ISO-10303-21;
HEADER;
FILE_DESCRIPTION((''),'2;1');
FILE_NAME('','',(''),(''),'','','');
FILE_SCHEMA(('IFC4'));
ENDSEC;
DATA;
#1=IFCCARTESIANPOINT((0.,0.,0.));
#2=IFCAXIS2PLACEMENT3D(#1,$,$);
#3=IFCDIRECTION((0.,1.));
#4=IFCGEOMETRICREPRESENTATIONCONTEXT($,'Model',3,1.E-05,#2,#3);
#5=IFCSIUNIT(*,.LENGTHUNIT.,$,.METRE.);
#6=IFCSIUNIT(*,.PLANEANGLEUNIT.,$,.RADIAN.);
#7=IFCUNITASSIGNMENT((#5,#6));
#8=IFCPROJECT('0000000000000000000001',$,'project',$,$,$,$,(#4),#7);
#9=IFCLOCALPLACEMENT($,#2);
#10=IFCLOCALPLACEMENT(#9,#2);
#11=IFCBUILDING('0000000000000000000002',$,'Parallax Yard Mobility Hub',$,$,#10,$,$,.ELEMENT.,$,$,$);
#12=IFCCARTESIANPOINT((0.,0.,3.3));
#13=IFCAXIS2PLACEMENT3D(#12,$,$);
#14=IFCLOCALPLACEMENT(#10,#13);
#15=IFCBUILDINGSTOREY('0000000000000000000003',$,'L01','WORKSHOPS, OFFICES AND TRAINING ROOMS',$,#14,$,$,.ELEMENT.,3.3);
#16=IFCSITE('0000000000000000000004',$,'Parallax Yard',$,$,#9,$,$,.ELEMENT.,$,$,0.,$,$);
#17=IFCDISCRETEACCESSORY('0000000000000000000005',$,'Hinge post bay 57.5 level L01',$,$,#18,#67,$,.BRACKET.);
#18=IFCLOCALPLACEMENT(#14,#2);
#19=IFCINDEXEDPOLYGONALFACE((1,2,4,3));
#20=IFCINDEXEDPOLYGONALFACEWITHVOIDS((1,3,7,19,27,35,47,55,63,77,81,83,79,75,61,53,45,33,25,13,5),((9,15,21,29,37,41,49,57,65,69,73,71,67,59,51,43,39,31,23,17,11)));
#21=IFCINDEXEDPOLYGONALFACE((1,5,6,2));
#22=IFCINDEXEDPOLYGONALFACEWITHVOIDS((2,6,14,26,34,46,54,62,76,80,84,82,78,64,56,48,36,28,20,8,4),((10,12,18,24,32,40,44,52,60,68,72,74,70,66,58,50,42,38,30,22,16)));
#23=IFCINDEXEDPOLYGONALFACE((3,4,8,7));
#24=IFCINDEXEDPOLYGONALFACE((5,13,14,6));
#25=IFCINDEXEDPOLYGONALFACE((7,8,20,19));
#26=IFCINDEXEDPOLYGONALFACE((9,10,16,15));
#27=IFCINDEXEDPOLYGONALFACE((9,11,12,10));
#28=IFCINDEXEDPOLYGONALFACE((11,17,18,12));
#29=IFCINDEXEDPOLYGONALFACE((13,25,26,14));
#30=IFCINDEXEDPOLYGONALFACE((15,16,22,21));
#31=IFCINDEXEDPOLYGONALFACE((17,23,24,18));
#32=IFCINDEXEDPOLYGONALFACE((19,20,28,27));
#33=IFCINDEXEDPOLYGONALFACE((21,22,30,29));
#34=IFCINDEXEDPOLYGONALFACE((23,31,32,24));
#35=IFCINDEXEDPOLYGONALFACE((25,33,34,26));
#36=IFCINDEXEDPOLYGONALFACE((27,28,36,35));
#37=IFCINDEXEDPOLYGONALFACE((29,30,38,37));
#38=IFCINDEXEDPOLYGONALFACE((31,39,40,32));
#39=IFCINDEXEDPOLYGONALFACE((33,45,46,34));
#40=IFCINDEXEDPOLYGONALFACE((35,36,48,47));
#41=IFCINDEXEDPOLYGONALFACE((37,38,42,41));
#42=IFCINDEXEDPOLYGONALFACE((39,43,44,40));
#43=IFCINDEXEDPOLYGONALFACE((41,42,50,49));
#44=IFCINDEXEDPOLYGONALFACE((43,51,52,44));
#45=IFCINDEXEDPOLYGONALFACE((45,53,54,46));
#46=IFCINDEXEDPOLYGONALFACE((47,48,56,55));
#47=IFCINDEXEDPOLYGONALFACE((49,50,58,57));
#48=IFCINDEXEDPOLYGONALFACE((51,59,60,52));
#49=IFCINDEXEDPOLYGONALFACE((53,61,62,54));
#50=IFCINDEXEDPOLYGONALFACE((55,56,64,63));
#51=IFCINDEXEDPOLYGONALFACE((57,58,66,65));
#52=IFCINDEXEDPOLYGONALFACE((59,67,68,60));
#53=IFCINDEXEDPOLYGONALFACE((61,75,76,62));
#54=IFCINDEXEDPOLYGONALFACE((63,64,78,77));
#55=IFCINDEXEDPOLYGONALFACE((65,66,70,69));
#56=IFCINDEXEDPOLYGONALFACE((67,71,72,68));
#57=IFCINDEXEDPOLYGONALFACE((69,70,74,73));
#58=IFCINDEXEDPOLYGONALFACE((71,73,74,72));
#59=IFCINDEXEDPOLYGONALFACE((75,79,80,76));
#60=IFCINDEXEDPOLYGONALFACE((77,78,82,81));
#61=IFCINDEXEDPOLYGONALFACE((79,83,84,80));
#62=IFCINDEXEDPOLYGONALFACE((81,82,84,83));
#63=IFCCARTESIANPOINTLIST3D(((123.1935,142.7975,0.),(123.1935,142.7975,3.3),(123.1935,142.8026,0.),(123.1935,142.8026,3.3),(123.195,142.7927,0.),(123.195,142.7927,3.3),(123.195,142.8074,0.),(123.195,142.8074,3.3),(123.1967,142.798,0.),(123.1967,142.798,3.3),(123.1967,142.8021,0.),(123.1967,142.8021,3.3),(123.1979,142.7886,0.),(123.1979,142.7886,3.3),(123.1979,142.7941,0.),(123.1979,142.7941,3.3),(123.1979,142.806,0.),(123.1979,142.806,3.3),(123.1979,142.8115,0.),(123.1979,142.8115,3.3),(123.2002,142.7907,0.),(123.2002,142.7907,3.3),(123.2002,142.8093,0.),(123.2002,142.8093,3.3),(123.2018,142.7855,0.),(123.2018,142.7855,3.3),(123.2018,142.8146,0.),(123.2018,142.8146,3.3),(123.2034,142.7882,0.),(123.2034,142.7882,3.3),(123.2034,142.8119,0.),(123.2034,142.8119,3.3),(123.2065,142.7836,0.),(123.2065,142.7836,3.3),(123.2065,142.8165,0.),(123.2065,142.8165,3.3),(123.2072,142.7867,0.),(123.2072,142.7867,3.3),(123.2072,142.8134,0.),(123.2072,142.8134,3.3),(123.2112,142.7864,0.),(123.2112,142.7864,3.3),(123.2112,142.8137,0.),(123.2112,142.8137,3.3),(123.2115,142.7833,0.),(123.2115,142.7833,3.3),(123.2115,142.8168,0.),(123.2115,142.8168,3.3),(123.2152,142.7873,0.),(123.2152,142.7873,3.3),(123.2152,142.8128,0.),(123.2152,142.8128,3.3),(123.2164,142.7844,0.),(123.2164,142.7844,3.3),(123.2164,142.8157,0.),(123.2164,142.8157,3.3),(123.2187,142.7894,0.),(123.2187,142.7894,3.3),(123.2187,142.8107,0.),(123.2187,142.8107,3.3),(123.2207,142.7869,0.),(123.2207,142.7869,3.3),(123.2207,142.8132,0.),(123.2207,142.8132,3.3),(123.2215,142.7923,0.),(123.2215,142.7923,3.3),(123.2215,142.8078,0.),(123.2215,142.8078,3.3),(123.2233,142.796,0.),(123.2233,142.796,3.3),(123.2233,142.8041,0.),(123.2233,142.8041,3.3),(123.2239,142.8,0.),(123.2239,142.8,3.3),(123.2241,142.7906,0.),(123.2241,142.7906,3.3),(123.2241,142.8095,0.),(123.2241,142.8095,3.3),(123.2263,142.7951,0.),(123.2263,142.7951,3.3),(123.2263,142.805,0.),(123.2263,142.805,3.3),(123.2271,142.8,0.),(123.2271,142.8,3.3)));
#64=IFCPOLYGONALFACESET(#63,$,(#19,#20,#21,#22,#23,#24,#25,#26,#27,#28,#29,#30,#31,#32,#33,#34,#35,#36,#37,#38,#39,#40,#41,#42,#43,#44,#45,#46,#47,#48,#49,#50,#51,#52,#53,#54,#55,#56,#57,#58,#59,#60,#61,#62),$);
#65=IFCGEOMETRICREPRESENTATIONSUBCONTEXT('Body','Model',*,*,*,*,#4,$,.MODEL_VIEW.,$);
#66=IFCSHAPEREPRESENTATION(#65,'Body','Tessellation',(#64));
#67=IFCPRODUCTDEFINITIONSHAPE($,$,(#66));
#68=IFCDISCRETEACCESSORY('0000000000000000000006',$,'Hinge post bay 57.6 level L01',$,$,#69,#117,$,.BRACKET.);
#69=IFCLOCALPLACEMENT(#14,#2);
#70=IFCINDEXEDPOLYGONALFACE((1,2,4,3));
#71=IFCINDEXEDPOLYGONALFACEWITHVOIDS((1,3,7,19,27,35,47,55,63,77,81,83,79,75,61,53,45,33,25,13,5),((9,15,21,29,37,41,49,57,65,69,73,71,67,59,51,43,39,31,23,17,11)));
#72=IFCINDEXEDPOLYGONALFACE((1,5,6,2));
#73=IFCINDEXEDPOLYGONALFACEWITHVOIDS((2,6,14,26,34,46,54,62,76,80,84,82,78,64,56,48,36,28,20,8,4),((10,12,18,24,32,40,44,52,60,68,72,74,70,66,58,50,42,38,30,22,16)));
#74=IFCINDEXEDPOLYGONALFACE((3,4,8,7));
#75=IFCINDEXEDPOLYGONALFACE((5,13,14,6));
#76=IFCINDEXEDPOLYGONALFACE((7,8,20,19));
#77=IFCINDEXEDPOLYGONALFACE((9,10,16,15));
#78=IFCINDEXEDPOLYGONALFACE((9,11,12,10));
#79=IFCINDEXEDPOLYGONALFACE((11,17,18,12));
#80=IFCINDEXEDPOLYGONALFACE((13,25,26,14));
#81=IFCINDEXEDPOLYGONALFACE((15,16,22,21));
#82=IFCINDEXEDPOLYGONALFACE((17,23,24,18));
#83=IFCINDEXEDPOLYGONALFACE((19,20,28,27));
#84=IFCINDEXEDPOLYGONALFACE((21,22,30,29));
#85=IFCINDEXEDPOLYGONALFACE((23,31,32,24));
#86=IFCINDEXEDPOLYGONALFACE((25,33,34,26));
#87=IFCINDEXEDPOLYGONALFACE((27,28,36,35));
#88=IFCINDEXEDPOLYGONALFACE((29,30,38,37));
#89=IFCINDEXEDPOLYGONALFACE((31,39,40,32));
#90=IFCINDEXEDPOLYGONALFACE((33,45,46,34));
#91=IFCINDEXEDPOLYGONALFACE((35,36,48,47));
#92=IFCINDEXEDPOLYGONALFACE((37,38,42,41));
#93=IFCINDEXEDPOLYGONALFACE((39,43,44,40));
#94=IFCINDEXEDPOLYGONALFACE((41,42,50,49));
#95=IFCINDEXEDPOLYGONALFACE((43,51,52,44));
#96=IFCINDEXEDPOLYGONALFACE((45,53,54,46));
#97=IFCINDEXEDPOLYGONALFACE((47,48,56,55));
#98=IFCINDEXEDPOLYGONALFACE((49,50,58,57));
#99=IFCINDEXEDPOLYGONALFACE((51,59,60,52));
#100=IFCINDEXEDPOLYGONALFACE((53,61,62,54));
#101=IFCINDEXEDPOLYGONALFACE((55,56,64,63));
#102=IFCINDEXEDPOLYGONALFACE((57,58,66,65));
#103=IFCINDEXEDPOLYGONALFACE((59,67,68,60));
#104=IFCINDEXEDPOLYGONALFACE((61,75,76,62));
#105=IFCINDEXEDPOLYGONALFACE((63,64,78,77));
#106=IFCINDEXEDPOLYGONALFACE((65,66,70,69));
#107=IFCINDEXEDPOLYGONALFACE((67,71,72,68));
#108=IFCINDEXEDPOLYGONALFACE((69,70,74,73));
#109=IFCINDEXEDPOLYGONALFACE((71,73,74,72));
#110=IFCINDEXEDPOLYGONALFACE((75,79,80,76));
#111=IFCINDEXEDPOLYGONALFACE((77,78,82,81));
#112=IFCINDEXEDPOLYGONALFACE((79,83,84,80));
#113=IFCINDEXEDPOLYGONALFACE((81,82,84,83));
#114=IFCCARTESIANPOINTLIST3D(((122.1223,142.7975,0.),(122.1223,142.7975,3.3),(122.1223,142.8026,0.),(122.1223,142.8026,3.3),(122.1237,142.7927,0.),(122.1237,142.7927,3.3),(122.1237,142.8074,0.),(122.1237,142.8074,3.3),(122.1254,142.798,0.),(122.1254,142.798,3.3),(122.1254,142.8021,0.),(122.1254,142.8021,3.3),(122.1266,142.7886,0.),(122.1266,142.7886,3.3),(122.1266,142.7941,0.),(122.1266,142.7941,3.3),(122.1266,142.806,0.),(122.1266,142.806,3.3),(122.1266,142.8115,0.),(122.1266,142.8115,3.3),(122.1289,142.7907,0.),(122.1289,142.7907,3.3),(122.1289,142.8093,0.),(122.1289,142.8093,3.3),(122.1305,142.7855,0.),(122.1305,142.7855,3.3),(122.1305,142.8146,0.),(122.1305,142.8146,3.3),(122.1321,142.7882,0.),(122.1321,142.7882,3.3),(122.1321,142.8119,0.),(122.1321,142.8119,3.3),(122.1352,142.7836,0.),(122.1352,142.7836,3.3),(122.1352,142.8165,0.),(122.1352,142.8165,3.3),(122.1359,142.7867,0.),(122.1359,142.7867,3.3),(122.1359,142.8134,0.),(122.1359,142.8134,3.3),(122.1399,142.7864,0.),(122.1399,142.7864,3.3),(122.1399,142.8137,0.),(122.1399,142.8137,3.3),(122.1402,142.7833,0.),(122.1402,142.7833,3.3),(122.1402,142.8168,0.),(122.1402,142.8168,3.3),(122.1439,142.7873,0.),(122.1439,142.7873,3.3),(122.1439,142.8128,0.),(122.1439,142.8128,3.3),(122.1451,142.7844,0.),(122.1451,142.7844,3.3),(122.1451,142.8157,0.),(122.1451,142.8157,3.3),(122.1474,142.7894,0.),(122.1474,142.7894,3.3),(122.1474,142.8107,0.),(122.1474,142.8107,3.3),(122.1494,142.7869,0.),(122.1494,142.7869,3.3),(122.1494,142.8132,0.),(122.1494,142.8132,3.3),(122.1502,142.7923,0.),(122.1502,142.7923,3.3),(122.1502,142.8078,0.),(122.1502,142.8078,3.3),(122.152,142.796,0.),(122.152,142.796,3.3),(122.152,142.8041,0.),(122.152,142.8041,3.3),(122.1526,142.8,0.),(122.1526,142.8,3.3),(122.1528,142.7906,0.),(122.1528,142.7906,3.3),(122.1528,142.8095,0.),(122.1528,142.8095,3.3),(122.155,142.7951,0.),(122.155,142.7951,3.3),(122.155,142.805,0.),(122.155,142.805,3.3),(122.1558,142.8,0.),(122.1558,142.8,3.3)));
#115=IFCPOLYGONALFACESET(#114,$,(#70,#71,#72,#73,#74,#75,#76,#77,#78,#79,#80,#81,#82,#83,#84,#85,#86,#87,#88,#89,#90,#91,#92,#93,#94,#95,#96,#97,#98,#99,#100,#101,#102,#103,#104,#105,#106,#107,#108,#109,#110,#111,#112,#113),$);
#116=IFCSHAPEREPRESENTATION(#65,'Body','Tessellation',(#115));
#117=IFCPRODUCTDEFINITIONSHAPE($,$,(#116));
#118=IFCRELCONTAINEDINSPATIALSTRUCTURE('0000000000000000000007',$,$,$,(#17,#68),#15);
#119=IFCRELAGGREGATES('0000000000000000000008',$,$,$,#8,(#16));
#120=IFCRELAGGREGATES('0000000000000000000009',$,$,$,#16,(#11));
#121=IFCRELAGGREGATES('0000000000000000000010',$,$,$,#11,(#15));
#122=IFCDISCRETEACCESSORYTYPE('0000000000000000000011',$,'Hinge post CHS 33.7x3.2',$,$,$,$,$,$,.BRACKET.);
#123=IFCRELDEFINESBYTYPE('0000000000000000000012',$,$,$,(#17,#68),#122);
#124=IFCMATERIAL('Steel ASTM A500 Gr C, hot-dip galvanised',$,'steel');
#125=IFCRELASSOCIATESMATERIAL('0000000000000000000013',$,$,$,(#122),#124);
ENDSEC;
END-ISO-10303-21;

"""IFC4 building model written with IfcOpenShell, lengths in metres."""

from ifc_helpers import new_model, si_unit, direction, frame, origin, origin_2d, place, context, subcontext, project, spatial, hollow_circle, extrude, material, material_profile, profile_set, type_object, element, save


model = new_model("IFC4")

# Units and contexts
model_context = context("Model", 3, precision=1e-05, world=origin(), true_north=direction((0.0, 1.0)))
body_context = subcontext(model_context, "Body", "Model", "MODEL_VIEW")
ifc_project = project(units=[si_unit("LENGTHUNIT", "METRE"), si_unit("PLANEANGLEUNIT", "RADIAN")], contexts=[model_context])

# Site, building, storey
site_placement = place(None, origin())
site = spatial("IfcSite", under=ifc_project, at=site_placement, Name="Parallax Yard", CompositionType="ELEMENT", RefElevation=0.0)
building_placement = place(site_placement, origin())
building = spatial("IfcBuilding", under=site, at=building_placement, Name="Parallax Yard Mobility Hub", CompositionType="ELEMENT")
storey_placement = place(building_placement, frame((0.0, 0.0, 3.3)))
storey = spatial("IfcBuildingStorey", under=building, at=storey_placement, Name="L01", Description="WORKSHOPS, OFFICES AND TRAINING ROOMS", CompositionType="ELEMENT", Elevation=3.3)

# Discrete accessories
ifc_material_1 = material(Name="Steel ASTM A500 Gr C, hot-dip galvanised", Category="steel")
ifc_material_profile = material_profile(ifc_material_1, hollow_circle(Radius=0.0168, WallThickness=0.0032, at=origin_2d()), Name="CHS 33.7x3.2")
ifc_profile_set = profile_set([ifc_material_profile], Name="Steel ASTM A500 Gr C, hot-dip galvanised")
discrete_accessory_type_1 = type_object("IfcDiscreteAccessoryType", Name="Hinge post CHS 33.7x3.2", PredefinedType="BRACKET", material=ifc_profile_set)
for number, where, z_axis, x_axis, name in (
    (1, (123.2102, 142.8, 0.0), (0.0, 0.0, 1.0), (1.0, 0.0, 0.0), "Hinge post bay 57.5 level L01"),
    (2, (122.1389, 142.8, 0.0), (0.0, 0.0, 1.0), (1.0, 0.0, 0.0), "Hinge post bay 57.6 level L01"),
):
    element("IfcDiscreteAccessory", number, at=place(storey_placement, frame(where, z_axis=z_axis, x_axis=x_axis)), inside=storey, type_object=discrete_accessory_type_1, Name=name, PredefinedType="BRACKET", context=body_context, shape_type="SweptSolid", body=[
        extrude(hollow_circle(Radius=0.0168, WallThickness=0.0032, at=origin_2d()), origin(), (0.0, 0.0, 1.0), 3.3),
    ])

save(model, "model.ifc")
